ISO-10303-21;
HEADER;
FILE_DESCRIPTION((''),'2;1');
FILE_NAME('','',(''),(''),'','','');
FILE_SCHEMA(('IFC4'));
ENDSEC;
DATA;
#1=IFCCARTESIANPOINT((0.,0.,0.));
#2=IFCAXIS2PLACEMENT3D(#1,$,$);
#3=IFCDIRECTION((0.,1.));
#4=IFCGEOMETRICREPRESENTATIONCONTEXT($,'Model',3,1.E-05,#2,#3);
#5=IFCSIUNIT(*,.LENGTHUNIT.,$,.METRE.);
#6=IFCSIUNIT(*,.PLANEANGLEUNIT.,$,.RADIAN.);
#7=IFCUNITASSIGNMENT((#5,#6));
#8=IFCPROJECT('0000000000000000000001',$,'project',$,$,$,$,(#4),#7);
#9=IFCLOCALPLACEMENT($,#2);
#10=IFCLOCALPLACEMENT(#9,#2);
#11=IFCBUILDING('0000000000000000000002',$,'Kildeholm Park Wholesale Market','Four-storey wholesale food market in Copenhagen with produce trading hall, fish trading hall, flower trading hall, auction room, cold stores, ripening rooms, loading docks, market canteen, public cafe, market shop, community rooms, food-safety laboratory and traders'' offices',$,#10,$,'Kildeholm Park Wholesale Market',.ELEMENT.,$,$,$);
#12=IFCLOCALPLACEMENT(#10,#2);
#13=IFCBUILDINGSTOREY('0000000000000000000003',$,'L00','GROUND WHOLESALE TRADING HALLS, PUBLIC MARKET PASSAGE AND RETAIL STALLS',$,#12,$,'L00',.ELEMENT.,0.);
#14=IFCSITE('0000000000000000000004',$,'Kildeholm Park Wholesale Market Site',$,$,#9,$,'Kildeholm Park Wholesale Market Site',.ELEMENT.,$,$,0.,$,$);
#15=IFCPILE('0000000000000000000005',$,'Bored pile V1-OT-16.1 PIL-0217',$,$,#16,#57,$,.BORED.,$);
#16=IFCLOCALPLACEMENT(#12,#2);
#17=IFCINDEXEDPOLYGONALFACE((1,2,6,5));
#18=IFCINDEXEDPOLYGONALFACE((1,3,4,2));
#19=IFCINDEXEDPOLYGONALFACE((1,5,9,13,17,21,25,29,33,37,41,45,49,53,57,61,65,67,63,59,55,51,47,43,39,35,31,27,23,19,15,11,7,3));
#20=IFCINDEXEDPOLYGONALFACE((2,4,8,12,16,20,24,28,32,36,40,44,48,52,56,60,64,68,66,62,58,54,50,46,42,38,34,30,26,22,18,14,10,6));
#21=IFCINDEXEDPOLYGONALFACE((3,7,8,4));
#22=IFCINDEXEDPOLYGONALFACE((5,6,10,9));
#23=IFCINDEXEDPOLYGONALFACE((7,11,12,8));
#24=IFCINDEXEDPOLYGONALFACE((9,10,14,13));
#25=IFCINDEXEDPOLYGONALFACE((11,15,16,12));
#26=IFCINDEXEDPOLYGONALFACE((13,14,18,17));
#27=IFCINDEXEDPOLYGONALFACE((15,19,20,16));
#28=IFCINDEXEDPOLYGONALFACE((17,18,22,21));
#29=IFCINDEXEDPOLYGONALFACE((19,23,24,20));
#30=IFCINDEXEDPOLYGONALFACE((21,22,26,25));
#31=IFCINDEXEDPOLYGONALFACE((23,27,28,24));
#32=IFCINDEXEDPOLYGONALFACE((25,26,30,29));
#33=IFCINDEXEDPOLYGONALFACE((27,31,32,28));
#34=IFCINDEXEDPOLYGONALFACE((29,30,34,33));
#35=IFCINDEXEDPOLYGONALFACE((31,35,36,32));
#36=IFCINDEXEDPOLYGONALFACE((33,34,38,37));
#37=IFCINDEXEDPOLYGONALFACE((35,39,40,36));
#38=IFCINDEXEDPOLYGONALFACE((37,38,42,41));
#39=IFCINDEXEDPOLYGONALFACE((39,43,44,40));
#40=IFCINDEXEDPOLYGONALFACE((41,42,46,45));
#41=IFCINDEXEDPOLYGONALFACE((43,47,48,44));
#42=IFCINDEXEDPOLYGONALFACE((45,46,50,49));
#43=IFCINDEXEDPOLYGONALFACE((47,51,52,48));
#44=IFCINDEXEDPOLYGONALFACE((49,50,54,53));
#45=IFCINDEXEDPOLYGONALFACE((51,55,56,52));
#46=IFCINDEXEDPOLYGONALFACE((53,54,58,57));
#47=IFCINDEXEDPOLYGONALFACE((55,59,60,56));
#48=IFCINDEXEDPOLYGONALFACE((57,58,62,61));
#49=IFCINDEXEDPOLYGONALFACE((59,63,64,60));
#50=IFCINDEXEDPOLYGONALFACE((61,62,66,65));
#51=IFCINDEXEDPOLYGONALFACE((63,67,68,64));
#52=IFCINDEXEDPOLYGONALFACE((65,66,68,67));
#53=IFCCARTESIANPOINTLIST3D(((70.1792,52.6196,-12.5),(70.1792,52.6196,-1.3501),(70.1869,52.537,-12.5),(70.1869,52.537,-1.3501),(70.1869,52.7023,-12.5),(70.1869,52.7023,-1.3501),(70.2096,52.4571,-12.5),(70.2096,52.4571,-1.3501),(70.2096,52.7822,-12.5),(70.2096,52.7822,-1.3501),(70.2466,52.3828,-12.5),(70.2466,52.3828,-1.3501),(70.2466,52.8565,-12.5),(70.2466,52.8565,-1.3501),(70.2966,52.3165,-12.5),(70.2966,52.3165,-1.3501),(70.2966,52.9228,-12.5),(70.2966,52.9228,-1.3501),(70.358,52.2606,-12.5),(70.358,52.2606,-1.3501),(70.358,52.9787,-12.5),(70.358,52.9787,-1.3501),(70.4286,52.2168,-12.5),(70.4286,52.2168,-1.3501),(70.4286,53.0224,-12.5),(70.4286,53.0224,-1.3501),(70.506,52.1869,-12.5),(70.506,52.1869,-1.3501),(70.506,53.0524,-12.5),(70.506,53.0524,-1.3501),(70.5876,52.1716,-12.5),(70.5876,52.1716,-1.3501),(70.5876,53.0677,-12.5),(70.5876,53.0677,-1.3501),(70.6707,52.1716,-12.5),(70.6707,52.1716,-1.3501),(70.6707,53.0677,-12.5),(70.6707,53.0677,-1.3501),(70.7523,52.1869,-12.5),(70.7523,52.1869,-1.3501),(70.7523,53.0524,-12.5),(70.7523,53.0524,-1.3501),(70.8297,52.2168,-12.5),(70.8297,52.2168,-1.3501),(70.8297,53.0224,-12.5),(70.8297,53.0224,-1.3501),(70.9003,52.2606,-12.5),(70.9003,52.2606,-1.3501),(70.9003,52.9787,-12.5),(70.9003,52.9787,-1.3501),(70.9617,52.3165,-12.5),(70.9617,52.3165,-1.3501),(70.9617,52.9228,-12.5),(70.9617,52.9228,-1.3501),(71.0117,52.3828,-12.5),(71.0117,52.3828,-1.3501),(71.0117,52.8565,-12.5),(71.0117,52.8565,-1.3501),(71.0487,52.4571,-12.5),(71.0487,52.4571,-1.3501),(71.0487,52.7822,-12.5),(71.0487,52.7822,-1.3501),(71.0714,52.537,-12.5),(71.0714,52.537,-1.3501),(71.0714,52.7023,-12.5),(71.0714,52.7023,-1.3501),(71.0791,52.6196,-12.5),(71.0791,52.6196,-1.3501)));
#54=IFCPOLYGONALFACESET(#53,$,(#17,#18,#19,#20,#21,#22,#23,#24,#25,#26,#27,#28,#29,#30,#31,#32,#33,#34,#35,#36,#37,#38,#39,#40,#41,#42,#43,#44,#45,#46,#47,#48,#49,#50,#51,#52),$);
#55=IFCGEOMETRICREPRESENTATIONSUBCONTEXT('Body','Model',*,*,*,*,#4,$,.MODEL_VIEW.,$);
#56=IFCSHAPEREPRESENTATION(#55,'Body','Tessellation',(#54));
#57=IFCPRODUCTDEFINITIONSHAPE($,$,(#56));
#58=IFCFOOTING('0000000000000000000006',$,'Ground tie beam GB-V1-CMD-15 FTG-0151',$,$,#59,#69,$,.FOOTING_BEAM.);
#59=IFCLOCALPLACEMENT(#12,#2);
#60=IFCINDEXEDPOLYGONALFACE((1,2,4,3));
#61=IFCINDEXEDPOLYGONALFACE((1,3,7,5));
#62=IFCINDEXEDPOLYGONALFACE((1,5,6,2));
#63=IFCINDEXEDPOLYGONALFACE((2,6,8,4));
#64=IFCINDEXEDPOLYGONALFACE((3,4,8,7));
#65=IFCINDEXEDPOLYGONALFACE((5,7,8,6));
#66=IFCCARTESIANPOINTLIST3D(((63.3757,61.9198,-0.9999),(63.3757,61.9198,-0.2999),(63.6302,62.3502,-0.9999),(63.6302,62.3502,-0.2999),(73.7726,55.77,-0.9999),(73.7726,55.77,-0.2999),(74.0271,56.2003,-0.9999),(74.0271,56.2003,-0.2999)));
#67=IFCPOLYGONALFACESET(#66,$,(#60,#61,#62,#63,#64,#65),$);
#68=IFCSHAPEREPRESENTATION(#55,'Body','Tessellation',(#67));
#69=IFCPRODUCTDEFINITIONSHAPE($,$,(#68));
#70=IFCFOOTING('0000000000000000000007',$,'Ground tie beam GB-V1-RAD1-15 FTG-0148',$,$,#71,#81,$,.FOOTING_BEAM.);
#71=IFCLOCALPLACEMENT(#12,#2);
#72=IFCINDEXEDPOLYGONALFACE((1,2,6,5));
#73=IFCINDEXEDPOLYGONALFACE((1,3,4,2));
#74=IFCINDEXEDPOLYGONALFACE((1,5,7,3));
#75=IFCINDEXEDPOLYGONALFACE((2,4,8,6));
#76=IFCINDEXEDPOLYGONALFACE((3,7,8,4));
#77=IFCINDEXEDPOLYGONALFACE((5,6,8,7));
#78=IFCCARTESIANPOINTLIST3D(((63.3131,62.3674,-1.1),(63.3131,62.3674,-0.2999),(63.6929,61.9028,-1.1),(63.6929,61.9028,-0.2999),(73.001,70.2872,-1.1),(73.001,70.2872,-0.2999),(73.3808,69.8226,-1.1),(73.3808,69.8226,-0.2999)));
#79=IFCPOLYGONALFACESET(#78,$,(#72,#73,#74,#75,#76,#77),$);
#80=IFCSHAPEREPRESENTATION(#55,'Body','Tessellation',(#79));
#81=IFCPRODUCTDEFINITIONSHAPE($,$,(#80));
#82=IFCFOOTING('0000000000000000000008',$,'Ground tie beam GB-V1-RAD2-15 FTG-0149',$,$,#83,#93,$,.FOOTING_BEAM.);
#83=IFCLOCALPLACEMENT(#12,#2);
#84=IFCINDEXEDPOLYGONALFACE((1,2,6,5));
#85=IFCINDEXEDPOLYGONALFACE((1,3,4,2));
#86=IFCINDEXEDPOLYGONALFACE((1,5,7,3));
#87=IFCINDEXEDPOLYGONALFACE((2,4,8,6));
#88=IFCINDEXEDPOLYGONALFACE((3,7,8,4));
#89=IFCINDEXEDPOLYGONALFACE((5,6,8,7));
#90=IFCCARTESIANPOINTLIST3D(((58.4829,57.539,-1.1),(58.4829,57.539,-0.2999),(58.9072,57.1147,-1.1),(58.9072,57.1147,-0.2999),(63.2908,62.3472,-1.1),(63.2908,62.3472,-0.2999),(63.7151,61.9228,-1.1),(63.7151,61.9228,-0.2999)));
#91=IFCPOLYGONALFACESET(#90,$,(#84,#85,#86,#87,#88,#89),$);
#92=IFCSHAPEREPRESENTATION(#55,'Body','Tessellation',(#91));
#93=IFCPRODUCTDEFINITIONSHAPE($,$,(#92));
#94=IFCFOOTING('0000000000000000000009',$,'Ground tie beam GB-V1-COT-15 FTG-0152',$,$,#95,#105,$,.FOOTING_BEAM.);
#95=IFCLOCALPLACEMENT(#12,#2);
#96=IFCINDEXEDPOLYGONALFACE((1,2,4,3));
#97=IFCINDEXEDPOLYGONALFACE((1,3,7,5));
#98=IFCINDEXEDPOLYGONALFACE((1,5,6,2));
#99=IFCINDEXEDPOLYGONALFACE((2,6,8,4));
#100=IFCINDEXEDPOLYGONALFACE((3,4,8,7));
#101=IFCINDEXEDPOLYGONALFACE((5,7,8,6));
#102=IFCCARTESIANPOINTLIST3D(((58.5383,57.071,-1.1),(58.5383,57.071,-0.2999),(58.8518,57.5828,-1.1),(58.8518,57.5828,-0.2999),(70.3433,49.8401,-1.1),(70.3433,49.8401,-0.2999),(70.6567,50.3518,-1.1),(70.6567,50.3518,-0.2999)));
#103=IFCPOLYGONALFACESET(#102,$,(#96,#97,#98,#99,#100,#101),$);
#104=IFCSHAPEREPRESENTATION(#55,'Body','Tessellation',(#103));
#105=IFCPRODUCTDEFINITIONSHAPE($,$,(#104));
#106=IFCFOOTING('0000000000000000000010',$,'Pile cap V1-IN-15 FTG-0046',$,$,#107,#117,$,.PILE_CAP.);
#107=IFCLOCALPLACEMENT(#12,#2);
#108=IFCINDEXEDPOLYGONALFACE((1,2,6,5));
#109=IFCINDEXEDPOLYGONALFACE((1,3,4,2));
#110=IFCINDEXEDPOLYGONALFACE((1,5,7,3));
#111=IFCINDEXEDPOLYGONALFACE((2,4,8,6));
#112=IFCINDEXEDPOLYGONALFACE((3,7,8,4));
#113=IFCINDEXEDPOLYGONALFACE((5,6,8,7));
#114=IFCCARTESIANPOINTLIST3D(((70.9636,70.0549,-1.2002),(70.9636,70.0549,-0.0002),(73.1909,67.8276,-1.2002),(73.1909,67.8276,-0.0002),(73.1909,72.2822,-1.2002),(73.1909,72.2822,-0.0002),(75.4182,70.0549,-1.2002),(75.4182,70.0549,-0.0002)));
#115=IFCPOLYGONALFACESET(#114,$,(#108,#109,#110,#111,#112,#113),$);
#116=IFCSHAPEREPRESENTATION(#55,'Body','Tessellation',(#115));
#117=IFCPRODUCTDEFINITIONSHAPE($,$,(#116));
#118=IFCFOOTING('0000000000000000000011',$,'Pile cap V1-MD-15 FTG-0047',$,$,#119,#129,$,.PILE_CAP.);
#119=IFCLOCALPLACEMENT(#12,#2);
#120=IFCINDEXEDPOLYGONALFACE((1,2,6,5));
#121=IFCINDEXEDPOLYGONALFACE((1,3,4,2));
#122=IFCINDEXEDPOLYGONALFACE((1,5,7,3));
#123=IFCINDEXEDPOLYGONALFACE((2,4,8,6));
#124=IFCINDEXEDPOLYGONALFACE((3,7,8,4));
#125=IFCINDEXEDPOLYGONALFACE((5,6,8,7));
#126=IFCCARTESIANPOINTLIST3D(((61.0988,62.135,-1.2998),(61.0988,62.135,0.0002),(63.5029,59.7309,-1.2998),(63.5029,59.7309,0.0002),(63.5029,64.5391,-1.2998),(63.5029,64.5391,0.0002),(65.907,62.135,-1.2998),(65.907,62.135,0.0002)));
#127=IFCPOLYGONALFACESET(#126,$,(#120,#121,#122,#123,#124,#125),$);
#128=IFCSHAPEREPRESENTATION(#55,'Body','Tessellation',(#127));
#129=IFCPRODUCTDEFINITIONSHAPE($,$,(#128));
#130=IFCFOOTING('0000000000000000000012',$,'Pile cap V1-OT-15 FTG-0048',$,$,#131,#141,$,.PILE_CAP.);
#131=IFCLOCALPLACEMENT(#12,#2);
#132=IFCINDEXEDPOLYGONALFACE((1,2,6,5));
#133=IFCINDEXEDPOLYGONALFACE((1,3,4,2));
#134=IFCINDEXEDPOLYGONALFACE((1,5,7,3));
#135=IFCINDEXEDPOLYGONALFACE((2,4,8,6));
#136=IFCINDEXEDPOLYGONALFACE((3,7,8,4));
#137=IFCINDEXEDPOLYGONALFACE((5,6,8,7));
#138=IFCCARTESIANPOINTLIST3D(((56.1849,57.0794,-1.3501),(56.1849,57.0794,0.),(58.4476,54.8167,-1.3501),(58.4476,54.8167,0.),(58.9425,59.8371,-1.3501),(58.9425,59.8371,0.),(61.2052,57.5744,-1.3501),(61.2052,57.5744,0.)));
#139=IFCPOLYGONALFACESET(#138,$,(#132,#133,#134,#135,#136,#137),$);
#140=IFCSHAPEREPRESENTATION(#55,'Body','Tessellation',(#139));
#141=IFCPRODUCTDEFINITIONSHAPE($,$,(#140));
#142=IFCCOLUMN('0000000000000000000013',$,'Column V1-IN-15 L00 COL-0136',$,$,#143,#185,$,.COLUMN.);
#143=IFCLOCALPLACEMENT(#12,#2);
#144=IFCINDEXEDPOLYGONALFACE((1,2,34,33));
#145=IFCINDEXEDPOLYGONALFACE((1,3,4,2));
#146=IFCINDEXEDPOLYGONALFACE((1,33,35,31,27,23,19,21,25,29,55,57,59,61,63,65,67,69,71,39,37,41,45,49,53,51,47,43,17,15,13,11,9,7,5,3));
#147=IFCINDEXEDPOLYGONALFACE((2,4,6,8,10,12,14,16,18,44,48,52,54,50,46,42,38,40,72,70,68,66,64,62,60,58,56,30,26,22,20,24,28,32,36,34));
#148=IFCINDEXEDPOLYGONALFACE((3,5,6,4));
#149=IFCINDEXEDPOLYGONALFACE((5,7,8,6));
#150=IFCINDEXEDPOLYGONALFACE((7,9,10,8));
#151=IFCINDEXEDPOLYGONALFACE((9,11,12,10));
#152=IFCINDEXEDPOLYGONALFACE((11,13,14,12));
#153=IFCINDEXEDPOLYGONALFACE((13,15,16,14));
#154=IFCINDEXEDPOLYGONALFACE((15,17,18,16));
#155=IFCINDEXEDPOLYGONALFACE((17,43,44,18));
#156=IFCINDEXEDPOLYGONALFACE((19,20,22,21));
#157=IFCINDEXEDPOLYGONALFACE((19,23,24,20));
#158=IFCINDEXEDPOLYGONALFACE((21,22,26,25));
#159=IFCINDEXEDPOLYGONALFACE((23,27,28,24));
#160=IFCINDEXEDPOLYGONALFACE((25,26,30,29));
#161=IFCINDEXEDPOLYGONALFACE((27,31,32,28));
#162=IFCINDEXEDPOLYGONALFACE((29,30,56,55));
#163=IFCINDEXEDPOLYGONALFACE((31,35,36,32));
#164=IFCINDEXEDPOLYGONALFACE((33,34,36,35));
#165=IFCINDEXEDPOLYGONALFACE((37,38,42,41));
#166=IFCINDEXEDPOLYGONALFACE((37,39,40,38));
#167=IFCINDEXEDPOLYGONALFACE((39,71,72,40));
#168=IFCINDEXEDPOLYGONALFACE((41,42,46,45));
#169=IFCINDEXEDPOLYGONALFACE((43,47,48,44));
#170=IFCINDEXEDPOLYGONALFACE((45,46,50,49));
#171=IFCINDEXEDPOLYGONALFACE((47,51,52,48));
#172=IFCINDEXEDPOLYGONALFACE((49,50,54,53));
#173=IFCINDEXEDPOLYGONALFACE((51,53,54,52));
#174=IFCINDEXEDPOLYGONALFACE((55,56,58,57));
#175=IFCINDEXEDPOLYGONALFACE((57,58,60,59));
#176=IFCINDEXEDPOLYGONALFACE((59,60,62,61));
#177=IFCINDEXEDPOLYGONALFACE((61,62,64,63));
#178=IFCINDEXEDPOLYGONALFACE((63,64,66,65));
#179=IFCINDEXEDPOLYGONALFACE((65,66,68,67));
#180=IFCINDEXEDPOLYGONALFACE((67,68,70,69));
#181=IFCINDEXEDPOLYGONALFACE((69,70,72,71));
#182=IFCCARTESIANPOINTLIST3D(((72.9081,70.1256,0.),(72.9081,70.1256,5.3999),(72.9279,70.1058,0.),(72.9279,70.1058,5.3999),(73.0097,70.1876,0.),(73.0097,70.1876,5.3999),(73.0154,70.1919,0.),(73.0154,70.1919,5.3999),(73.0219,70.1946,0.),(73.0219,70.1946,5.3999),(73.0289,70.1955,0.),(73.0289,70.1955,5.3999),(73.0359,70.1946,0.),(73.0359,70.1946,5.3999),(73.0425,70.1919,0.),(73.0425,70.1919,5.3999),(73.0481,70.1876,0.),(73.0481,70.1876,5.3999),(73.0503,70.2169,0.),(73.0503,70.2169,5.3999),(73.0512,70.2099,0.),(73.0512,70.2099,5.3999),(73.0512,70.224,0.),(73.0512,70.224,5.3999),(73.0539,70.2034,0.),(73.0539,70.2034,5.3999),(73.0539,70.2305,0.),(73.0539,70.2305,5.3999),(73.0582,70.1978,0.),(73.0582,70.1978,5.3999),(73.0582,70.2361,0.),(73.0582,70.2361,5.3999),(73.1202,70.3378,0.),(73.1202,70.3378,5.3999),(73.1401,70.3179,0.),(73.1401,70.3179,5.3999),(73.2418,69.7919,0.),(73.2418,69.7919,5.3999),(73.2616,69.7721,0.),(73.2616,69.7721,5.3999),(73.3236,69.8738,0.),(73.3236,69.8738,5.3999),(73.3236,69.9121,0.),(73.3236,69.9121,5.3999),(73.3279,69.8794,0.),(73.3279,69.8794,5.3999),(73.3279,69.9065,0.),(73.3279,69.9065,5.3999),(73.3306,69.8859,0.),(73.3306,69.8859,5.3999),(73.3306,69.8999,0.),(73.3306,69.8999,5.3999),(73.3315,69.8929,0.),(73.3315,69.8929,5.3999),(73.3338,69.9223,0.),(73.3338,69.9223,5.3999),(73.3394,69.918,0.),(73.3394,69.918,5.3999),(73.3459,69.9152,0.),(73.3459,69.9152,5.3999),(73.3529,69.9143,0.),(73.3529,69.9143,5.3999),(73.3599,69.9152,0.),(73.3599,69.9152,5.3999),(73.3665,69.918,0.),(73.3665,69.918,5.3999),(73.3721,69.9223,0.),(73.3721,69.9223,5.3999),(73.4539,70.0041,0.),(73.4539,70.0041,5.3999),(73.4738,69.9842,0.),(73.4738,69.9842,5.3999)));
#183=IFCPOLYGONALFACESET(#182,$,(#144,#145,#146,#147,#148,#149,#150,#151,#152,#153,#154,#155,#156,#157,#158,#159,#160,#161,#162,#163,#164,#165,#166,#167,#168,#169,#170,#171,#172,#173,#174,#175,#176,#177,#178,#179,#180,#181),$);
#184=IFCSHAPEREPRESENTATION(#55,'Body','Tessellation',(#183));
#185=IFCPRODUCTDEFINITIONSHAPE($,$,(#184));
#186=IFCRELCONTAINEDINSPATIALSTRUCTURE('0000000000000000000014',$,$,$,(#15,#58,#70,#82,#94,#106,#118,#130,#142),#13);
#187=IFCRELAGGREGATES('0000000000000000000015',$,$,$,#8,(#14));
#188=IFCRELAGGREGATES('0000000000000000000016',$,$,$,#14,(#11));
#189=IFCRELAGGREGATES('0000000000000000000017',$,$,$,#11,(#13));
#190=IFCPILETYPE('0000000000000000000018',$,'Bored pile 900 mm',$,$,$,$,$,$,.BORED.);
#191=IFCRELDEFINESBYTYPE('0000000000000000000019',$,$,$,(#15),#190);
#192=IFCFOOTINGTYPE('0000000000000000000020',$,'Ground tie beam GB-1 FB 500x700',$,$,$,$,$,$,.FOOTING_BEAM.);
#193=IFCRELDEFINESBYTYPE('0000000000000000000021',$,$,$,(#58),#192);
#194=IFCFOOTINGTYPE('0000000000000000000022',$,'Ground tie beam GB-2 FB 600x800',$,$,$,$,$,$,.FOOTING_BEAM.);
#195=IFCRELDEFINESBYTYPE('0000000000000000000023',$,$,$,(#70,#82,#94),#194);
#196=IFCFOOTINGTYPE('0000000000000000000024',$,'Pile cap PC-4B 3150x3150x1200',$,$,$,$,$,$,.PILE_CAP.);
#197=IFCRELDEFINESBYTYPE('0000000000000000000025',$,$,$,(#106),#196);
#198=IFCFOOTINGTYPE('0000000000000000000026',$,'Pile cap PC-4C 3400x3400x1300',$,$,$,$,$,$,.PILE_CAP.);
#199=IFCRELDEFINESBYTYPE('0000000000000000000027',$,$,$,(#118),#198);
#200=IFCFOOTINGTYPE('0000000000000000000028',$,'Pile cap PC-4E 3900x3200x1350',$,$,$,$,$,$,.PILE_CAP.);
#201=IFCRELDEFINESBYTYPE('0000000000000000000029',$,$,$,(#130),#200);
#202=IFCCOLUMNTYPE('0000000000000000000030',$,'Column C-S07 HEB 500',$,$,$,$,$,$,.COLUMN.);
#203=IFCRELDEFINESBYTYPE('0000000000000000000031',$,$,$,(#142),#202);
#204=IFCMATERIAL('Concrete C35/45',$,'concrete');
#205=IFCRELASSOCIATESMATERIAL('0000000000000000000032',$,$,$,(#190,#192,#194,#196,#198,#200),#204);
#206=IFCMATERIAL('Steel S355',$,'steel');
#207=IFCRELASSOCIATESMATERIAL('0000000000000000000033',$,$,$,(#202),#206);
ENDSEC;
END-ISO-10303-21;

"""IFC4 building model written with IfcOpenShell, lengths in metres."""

from ifc_helpers import new_model, si_unit, direction, frame, origin, origin_2d, place, context, subcontext, project, spatial, rectangle, circle, i_section, extrude, material, material_profile, profile_set, type_object, element, save


model = new_model("IFC4")

# Units and contexts
model_context = context("Model", 3, precision=1e-05, world=origin(), true_north=direction((0.0, 1.0)))
body_context = subcontext(model_context, "Body", "Model", "MODEL_VIEW")
ifc_project = project(units=[si_unit("LENGTHUNIT", "METRE"), si_unit("PLANEANGLEUNIT", "RADIAN")], contexts=[model_context])

# Site, building, storey
site_placement = place(None, origin())
site = spatial("IfcSite", under=ifc_project, at=site_placement, Name="Kildeholm Park Wholesale Market Site", LongName="Kildeholm Park Wholesale Market Site", CompositionType="ELEMENT", RefElevation=0.0)
building_placement = place(site_placement, origin())
building = spatial("IfcBuilding", under=site, at=building_placement, Name="Kildeholm Park Wholesale Market", Description="Four-storey wholesale food market in Copenhagen with produce trading hall, fish trading hall, flower trading hall, auction room, cold stores, ripening rooms, loading docks, market canteen, public cafe, market shop, community rooms, food-safety laboratory and traders' offices", LongName="Kildeholm Park Wholesale Market", CompositionType="ELEMENT")
storey_placement = place(building_placement, origin())
storey = spatial("IfcBuildingStorey", under=building, at=storey_placement, Name="L00", Description="GROUND WHOLESALE TRADING HALLS, PUBLIC MARKET PASSAGE AND RETAIL STALLS", LongName="L00", CompositionType="ELEMENT", Elevation=0.0)

# Pile
ifc_material_1 = material(Name="Concrete C35/45", Category="concrete")
ifc_material_profile_1 = material_profile(ifc_material_1, circle(Radius=0.45, at=origin_2d()), Name="PILE D900")
ifc_profile_set_1 = profile_set([ifc_material_profile_1], Name="Concrete C35/45")
pile_type_1 = type_object("IfcPileType", Name="Bored pile 900 mm", PredefinedType="BORED", material=ifc_profile_set_1)
pile_placement = place(storey_placement, frame((70.6292, 52.6196, -1.3501), z_axis=(0.0, 0.0, -1.0), x_axis=(1.0, 0.0, 0.0)))
element("IfcPile", 1, at=pile_placement, inside=storey, type_object=pile_type_1, Name="Bored pile V1-OT-16.1 PIL-0217", PredefinedType="BORED", context=body_context, shape_type="SweptSolid", body=[
    extrude(circle(Radius=0.45, at=origin_2d()), origin(), (0.0, 0.0, 1.0), 11.1499),
])

# Footings
ifc_material_profile_2 = material_profile(ifc_material_1, rectangle(XDim=0.5, YDim=0.7, at=origin_2d()), Name="FB 500x700")
ifc_profile_set_2 = profile_set([ifc_material_profile_2], Name="Concrete C35/45")
footing_type_1 = type_object("IfcFootingType", Name="Ground tie beam GB-1 FB 500x700", PredefinedType="FOOTING_BEAM", material=ifc_profile_set_2)
footing_1_placement = place(storey_placement, frame((63.5029, 62.135, -0.6499), z_axis=(0.8607, -0.509112, 0.0), x_axis=(0.509112, 0.8607, 0.0)))
element("IfcFooting", 2, at=footing_1_placement, inside=storey, type_object=footing_type_1, Name="Ground tie beam GB-V1-CMD-15 FTG-0151", PredefinedType="FOOTING_BEAM", context=body_context, shape_type="SweptSolid", body=[
    extrude(rectangle(XDim=0.5, YDim=0.7, at=origin_2d()), origin(), (0.0, 0.0, 1.0), 12.0796),
])
ifc_material_profile_3 = material_profile(ifc_material_1, rectangle(XDim=0.6001, YDim=0.8, at=origin_2d()), Name="FB 600x800")
ifc_profile_set_3 = profile_set([ifc_material_profile_3], Name="Concrete C35/45")
footing_type_2 = type_object("IfcFootingType", Name="Ground tie beam GB-2 FB 600x800", PredefinedType="FOOTING_BEAM", material=ifc_profile_set_3)
footing_2_placement = place(storey_placement, frame((73.1909, 70.0549, -0.7), z_axis=(-0.774216, -0.632921, 0.0), x_axis=(0.632921, -0.774216, 0.0)))
element("IfcFooting", 3, at=footing_2_placement, inside=storey, type_object=footing_type_2, Name="Ground tie beam GB-V1-RAD1-15 FTG-0148", PredefinedType="FOOTING_BEAM", context=body_context, shape_type="SweptSolid", body=[
    extrude(rectangle(XDim=0.6001, YDim=0.8, at=origin_2d()), origin(), (0.0, 0.0, 1.0), 12.5132),
])
footing_3_placement = place(storey_placement, frame((63.5029, 62.135, -0.7), z_axis=(-0.707089, -0.707125, 0.0), x_axis=(0.707125, -0.707089, 0.0)))
element("IfcFooting", 4, at=footing_3_placement, inside=storey, type_object=footing_type_2, Name="Ground tie beam GB-V1-RAD2-15 FTG-0149", PredefinedType="FOOTING_BEAM", context=body_context, shape_type="SweptSolid", body=[
    extrude(rectangle(XDim=0.6001, YDim=0.8, at=origin_2d()), origin(), (0.0, 0.0, 1.0), 6.7996),
])
footing_4_placement = place(storey_placement, frame((58.6951, 57.3269, -0.7), z_axis=(0.85274, -0.522335, 0.0), x_axis=(0.522335, 0.85274, 0.0)))
element("IfcFooting", 5, at=footing_4_placement, inside=storey, type_object=footing_type_2, Name="Ground tie beam GB-V1-COT-15 FTG-0152", PredefinedType="FOOTING_BEAM", context=body_context, shape_type="SweptSolid", body=[
    extrude(rectangle(XDim=0.6001, YDim=0.8, at=origin_2d()), origin(), (0.0, 0.0, 1.0), 13.8435),
])
footing_type_3 = type_object("IfcFootingType", Name="Pile cap PC-4B 3150x3150x1200", PredefinedType="PILE_CAP", material=ifc_material_1)
footing_5_placement = place(storey_placement, frame((73.1909, 70.0549, -1.2002), z_axis=(0.0, 0.0, 1.0), x_axis=(-0.707107, -0.707107, 0.0)))
element("IfcFooting", 6, at=footing_5_placement, inside=storey, type_object=footing_type_3, Name="Pile cap V1-IN-15 FTG-0046", PredefinedType="PILE_CAP", context=body_context, shape_type="SweptSolid", body=[
    extrude(rectangle(XDim=3.1499, YDim=3.1499, at=origin_2d()), origin(), (0.0, 0.0, 1.0), 1.2),
])
footing_type_4 = type_object("IfcFootingType", Name="Pile cap PC-4C 3400x3400x1300", PredefinedType="PILE_CAP", material=ifc_material_1)
footing_6_placement = place(storey_placement, frame((63.5029, 62.135, -1.2998), z_axis=(0.0, 0.0, 1.0), x_axis=(-0.707107, -0.707107, 0.0)))
element("IfcFooting", 7, at=footing_6_placement, inside=storey, type_object=footing_type_4, Name="Pile cap V1-MD-15 FTG-0047", PredefinedType="PILE_CAP", context=body_context, shape_type="SweptSolid", body=[
    extrude(rectangle(XDim=3.3999, YDim=3.3999, at=origin_2d()), origin(), (0.0, 0.0, 1.0), 1.3),
])
footing_type_5 = type_object("IfcFootingType", Name="Pile cap PC-4E 3900x3200x1350", PredefinedType="PILE_CAP", material=ifc_material_1)
footing_7_placement = place(storey_placement, frame((58.6951, 57.3269, -1.3501), z_axis=(0.0, 0.0, 1.0), x_axis=(-0.707107, -0.707107, 0.0)))
element("IfcFooting", 8, at=footing_7_placement, inside=storey, type_object=footing_type_5, Name="Pile cap V1-OT-15 FTG-0048", PredefinedType="PILE_CAP", context=body_context, shape_type="SweptSolid", body=[
    extrude(rectangle(XDim=3.8999, YDim=3.2, at=origin_2d()), origin(), (0.0, 0.0, 1.0), 1.3501),
])

# Column
ifc_material_2 = material(Name="Steel S355", Category="steel")
ifc_material_profile_4 = material_profile(ifc_material_2, i_section(OverallWidth=0.3, OverallDepth=0.5, WebThickness=0.0144, FlangeThickness=0.0281, FilletRadius=0.0271, at=origin_2d()), Name="HEB 500")
ifc_profile_set_4 = profile_set([ifc_material_profile_4], Name="Steel S355")
column_type_1 = type_object("IfcColumnType", Name="Column C-S07 HEB 500", PredefinedType="COLUMN", material=ifc_profile_set_4)
for number, where, z_axis, x_axis, name in (
    (9, (73.1909, 70.0549, 0.0), (0.0, 0.0, 1.0), (-0.707107, -0.707107, 0.0), "Column V1-IN-15 L00 COL-0136"),
):
    element("IfcColumn", number, at=place(storey_placement, frame(where, z_axis=z_axis, x_axis=x_axis)), inside=storey, type_object=column_type_1, Name=name, PredefinedType="COLUMN", context=body_context, shape_type="SweptSolid", body=[
        extrude(i_section(OverallWidth=0.3, OverallDepth=0.5, WebThickness=0.0144, FlangeThickness=0.0281, FilletRadius=0.0271, at=origin_2d()), origin(), (0.0, 0.0, 1.0), 5.3999),
    ])

save(model, "model.ifc")
